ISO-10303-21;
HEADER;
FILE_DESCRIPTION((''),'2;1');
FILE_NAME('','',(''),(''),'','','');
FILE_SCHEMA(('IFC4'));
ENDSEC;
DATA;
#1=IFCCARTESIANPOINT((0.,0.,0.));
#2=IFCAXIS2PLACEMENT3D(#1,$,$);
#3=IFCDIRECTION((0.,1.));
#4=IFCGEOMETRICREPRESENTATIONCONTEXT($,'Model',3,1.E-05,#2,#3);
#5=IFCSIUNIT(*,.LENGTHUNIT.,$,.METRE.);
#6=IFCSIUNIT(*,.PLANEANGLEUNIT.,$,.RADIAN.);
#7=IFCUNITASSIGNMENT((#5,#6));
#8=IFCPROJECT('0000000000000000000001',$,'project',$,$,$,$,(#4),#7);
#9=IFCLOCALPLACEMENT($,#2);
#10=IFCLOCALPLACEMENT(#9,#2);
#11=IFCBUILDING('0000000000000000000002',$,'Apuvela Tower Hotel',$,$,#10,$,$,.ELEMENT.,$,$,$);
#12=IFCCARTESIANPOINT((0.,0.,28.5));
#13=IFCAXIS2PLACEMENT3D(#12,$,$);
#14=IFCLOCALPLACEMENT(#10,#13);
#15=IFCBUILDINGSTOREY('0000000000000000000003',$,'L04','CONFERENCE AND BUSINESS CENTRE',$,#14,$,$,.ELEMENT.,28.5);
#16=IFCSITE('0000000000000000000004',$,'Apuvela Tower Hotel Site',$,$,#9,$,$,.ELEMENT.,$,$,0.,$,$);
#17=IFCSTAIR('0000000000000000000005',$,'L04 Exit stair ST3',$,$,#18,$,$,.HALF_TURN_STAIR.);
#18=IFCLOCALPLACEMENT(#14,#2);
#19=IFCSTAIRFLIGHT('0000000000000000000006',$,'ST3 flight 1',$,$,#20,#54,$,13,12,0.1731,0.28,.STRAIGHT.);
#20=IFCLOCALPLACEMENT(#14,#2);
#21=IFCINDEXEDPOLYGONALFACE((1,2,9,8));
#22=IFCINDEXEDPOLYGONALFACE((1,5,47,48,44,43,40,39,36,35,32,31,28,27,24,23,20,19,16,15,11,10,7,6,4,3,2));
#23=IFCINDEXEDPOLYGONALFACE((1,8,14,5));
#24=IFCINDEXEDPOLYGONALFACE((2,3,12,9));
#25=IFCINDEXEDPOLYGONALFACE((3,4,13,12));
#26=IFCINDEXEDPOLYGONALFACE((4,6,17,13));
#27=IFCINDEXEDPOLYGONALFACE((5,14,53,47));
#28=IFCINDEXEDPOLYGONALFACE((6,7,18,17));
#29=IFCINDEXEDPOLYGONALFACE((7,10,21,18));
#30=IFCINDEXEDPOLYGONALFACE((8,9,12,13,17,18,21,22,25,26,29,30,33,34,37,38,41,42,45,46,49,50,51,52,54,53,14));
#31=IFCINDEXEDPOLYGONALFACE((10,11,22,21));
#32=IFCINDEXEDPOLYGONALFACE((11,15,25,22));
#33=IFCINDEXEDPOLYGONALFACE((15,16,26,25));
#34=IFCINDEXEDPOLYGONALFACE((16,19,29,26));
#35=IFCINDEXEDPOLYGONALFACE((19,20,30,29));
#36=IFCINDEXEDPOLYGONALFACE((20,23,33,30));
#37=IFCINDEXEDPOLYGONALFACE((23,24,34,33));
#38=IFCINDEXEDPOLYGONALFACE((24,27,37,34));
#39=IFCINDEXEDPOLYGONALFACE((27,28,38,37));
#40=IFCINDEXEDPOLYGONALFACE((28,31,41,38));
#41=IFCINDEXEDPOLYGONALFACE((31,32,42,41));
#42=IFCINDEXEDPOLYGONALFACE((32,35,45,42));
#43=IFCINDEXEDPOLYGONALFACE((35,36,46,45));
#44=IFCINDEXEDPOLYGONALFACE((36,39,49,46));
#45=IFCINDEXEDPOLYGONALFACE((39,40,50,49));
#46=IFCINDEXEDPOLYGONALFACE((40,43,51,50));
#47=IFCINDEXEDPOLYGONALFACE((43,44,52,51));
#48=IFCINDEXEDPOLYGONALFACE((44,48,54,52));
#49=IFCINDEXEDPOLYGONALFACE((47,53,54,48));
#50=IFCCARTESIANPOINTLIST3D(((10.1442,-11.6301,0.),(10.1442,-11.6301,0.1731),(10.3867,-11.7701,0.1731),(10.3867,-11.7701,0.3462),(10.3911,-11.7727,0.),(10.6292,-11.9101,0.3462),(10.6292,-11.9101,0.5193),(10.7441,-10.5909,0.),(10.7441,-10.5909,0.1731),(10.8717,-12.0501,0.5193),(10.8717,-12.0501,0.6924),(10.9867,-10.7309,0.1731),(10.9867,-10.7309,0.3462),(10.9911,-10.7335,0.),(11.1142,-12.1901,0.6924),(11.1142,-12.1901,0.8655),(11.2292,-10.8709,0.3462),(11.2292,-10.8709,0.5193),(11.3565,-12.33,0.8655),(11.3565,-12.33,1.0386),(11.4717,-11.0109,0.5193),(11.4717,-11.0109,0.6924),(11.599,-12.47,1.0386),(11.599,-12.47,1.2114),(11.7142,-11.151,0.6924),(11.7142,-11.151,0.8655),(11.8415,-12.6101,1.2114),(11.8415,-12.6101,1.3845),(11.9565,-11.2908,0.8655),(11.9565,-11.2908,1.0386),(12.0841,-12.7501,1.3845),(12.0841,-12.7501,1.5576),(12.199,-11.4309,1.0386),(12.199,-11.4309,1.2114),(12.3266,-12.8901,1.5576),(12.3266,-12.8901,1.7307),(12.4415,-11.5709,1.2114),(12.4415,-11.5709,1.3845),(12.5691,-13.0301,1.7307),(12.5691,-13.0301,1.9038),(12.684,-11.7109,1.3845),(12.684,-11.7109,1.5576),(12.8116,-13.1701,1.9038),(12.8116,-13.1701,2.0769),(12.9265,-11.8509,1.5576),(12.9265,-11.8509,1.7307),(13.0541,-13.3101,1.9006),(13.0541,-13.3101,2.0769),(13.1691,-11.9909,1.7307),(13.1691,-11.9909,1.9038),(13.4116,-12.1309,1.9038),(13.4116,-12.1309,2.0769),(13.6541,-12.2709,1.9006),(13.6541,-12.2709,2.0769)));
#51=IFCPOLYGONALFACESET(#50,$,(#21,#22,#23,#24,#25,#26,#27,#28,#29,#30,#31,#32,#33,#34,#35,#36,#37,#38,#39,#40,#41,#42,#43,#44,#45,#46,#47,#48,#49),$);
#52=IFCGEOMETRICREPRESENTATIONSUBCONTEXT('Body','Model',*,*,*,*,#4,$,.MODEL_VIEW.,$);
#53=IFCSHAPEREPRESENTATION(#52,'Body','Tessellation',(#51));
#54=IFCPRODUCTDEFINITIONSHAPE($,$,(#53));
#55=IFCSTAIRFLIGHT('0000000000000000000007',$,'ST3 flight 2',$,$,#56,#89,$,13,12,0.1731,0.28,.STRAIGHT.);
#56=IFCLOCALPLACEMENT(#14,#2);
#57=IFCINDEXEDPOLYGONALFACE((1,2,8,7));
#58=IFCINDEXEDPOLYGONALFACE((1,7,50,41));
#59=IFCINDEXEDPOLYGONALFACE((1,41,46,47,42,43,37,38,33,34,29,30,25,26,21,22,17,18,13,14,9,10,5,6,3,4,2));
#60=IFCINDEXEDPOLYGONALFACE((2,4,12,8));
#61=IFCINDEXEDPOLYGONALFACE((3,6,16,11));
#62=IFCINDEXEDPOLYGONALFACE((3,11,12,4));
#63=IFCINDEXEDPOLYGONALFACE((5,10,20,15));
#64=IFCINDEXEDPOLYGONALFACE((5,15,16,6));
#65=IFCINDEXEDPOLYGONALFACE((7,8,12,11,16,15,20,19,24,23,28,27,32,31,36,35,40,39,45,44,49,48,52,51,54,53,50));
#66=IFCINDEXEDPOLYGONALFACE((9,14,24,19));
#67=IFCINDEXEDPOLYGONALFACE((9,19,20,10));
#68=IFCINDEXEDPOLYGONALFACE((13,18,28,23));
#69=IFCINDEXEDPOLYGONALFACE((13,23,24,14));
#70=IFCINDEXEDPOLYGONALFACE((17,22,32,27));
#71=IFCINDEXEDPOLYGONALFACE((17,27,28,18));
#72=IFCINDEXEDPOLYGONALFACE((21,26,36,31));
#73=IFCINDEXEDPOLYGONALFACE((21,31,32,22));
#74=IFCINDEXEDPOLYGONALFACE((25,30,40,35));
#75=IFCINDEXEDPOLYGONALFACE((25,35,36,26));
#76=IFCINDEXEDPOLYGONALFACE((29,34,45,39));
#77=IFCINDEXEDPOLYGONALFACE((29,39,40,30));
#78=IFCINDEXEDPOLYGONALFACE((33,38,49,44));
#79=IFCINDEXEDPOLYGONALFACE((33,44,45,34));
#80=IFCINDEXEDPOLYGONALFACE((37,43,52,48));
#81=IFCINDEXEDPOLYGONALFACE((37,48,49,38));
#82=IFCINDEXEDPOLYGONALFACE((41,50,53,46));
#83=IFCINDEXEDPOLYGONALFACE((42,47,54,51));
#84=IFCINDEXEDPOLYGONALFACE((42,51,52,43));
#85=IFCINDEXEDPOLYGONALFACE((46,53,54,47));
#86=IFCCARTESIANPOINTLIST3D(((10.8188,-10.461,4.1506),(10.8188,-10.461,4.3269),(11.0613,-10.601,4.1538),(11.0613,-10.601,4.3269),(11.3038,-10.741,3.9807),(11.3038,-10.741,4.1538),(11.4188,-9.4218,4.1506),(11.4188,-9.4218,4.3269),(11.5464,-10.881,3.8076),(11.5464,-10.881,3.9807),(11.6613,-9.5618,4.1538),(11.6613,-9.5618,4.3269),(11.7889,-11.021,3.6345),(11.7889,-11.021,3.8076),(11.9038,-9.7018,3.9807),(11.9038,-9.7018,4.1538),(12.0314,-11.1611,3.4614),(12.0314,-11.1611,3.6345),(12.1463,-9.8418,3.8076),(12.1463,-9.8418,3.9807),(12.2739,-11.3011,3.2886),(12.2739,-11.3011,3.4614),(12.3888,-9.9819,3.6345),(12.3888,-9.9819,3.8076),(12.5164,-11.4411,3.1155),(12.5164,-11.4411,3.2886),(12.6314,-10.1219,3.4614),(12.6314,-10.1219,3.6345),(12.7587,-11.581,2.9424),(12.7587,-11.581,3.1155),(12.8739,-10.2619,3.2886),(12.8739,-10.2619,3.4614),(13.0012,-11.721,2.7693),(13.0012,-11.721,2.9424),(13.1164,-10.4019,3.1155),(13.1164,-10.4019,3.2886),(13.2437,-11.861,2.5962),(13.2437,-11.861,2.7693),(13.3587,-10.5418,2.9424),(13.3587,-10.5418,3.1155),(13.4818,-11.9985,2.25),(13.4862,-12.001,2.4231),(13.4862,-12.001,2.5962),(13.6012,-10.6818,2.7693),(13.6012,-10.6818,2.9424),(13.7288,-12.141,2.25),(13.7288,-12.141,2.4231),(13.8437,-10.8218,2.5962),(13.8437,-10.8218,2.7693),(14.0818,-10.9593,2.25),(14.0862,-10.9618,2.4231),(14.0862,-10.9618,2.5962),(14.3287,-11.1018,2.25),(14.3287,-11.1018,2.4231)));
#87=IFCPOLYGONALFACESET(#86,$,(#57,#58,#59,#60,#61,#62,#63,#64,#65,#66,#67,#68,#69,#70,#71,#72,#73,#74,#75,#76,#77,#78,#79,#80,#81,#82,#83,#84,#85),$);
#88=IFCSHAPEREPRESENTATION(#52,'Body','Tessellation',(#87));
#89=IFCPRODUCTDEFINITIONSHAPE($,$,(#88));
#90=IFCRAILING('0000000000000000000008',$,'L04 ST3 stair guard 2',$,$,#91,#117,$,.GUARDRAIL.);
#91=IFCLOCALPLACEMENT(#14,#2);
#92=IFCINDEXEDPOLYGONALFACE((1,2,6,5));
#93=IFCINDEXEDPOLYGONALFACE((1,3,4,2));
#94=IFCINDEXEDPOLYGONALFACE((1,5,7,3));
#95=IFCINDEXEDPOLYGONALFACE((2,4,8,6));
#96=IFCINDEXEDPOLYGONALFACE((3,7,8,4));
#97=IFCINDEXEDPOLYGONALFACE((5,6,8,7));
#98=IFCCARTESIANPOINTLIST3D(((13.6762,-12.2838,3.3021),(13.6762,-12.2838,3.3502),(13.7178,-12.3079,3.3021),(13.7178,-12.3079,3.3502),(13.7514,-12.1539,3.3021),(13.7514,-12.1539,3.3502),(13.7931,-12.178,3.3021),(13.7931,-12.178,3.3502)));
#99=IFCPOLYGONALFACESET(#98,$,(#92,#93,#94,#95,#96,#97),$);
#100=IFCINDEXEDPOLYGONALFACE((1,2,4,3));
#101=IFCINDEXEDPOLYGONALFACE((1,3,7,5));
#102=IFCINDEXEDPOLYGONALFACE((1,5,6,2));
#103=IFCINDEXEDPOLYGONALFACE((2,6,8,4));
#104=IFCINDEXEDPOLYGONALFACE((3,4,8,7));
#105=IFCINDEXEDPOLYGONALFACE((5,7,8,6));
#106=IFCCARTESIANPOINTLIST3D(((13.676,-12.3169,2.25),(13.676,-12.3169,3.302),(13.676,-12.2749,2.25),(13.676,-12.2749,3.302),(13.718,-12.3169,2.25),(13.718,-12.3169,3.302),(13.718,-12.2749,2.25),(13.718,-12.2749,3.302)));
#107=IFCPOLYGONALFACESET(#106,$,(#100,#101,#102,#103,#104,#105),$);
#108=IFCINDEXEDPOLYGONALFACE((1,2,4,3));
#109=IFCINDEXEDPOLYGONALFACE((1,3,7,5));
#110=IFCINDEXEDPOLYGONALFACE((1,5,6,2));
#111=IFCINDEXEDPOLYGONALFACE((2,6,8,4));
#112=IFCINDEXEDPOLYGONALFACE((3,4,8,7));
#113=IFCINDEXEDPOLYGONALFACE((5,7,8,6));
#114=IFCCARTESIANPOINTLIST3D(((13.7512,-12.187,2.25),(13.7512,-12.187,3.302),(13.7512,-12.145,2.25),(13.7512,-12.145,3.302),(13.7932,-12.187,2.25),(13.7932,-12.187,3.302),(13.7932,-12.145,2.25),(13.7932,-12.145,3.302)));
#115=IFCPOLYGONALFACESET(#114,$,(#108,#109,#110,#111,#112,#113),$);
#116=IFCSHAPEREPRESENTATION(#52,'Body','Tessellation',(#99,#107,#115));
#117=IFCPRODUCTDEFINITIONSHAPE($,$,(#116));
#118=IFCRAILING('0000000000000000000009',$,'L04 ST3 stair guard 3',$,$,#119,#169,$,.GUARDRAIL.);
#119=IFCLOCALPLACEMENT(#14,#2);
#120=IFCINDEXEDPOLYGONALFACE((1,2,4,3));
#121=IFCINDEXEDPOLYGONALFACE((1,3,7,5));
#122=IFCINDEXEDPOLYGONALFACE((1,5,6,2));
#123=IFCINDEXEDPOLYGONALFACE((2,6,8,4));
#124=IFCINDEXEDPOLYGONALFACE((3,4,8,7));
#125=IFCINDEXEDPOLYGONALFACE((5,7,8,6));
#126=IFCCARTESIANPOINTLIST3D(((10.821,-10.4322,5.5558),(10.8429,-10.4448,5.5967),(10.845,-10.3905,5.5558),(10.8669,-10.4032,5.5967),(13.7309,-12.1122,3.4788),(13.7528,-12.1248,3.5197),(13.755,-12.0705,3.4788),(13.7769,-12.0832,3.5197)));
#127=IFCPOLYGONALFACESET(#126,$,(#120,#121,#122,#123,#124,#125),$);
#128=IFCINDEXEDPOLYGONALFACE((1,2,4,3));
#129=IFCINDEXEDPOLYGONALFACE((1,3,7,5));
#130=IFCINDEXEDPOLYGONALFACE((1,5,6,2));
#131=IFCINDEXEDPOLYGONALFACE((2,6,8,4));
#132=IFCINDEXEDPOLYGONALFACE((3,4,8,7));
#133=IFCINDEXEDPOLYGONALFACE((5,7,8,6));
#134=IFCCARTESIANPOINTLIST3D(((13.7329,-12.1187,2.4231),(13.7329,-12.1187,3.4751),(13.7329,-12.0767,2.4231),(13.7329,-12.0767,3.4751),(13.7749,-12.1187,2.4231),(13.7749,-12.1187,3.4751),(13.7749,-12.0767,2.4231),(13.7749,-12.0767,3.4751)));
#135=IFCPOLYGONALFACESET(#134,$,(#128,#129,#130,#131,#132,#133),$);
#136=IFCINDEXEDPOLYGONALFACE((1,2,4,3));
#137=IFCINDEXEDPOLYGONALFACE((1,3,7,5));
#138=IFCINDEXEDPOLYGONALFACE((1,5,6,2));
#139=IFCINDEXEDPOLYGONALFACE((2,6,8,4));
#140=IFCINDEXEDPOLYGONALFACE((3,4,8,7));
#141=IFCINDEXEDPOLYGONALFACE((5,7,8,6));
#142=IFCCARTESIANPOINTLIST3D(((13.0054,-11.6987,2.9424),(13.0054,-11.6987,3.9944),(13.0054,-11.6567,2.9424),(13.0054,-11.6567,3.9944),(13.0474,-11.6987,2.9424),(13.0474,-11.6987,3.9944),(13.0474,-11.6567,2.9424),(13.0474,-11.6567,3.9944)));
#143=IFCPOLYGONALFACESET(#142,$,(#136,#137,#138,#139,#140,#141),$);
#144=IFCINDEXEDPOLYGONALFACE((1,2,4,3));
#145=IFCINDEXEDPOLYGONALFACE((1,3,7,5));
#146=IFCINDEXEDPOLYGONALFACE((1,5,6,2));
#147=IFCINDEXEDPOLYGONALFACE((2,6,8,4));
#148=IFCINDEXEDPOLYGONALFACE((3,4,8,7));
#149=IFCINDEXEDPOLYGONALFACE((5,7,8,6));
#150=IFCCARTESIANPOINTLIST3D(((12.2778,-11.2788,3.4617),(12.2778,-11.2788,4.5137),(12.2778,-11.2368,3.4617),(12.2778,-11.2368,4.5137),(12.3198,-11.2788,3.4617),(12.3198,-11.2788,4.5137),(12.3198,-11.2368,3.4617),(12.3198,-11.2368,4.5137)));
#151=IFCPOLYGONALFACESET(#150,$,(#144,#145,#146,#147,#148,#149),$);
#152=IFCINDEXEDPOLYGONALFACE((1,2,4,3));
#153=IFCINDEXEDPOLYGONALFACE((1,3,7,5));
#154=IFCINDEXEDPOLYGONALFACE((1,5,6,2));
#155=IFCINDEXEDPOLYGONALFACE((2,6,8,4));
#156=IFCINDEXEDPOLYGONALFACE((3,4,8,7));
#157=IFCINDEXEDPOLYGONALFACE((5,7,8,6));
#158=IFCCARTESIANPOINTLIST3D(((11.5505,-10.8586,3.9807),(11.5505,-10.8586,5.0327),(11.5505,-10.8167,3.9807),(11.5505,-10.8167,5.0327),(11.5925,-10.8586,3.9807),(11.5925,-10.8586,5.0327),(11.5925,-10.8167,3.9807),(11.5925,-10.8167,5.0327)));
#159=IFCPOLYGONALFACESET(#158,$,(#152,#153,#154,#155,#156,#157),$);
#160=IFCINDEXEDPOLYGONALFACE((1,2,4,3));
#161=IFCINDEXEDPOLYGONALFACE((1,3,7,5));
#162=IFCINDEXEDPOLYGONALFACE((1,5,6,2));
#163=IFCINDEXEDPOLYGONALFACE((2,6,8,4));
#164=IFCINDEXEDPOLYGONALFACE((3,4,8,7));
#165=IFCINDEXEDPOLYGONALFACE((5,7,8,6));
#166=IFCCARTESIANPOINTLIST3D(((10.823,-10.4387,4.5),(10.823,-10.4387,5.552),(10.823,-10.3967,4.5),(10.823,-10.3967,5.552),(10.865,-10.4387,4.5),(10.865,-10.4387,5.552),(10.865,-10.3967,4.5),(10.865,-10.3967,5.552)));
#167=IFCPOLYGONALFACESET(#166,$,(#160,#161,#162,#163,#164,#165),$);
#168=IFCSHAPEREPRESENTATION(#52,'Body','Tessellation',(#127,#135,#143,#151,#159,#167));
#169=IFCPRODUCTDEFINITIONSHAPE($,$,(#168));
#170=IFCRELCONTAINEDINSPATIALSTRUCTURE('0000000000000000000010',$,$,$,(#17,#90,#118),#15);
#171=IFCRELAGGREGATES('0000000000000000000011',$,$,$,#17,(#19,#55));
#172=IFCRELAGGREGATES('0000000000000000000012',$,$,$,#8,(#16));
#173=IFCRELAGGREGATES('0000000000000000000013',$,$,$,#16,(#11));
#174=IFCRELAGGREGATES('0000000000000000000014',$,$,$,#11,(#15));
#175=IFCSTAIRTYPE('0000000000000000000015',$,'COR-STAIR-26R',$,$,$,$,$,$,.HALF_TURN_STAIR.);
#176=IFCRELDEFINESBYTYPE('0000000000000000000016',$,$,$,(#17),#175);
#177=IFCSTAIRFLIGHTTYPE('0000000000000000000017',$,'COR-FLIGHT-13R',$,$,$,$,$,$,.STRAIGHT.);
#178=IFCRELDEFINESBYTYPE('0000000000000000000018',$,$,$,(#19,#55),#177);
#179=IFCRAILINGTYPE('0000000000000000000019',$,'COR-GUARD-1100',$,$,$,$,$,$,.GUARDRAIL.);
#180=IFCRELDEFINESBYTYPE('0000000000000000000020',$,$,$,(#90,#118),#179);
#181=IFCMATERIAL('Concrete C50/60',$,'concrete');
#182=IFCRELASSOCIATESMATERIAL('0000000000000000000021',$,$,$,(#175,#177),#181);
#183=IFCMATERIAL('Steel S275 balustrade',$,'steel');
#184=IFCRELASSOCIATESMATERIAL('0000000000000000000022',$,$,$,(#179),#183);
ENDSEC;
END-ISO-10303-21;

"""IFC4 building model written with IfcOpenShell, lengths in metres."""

from ifc_helpers import new_model, si_unit, direction, frame, origin, origin_2d, place, context, subcontext, project, spatial, polyline, rectangle, outline, extrude, material, type_object, element, aggregate, save


model = new_model("IFC4")

# Units and contexts
model_context = context("Model", 3, precision=1e-05, world=origin(), true_north=direction((0.0, 1.0)))
body_context = subcontext(model_context, "Body", "Model", "MODEL_VIEW")
ifc_project = project(units=[si_unit("LENGTHUNIT", "METRE"), si_unit("PLANEANGLEUNIT", "RADIAN")], contexts=[model_context])

# Site, building, storey
site_placement = place(None, origin())
site = spatial("IfcSite", under=ifc_project, at=site_placement, Name="Apuvela Tower Hotel Site", CompositionType="ELEMENT", RefElevation=0.0)
building_placement = place(site_placement, origin())
building = spatial("IfcBuilding", under=site, at=building_placement, Name="Apuvela Tower Hotel", CompositionType="ELEMENT")
storey_placement = place(building_placement, frame((0.0, 0.0, 28.5)))
storey = spatial("IfcBuildingStorey", under=building, at=storey_placement, Name="L04", Description="CONFERENCE AND BUSINESS CENTRE", CompositionType="ELEMENT", Elevation=28.5)

# Shared definitions
ifc_material_1 = material(Name="Concrete C50/60", Category="concrete")

# Stair, stair flights
stair_type = type_object("IfcStairType", Name="COR-STAIR-26R", PredefinedType="HALF_TURN_STAIR", material=ifc_material_1)
stair_placement = place(storey_placement, origin())
stair = element("IfcStair", 1, at=stair_placement, inside=storey, type_object=stair_type, Name="L04 Exit stair ST3", PredefinedType="HALF_TURN_STAIR")
stair_flight_type = type_object("IfcStairFlightType", Name="COR-FLIGHT-13R", PredefinedType="STRAIGHT", material=ifc_material_1)
stair_flight_1_placement = place(storey_placement, frame((10.4441, -11.1106, 0.0), z_axis=(0.0, 0.0, 1.0), x_axis=(0.866025, -0.5, 0.0)))
stair_flight_1 = element("IfcStairFlight", 2, at=stair_flight_1_placement, type_object=stair_flight_type, Name="ST3 flight 1", NumberOfRisers=13, NumberOfTreads=12, PredefinedType="STRAIGHT", RiserHeight=0.1731, TreadLength=0.28, context=body_context, shape_type="SweptSolid", body=[
    extrude(outline(polyline([(0.0, 0.0), (0.0, 0.1731), (0.28, 0.1731), (0.28, 0.3462), (0.5601, 0.3462), (0.5601, 0.5193), (0.8401, 0.5193), (0.8401, 0.6924), (1.1201, 0.6924), (1.1201, 0.8655), (1.3999, 0.8655), (1.3999, 1.0386), (1.6799, 1.0386), (1.6799, 1.2114), (1.96, 1.2114), (1.96, 1.3845), (2.24, 1.3845), (2.24, 1.5576), (2.52, 1.5576), (2.52, 1.7307), (2.8, 1.7307), (2.8, 1.9038), (3.0801, 1.9038), (3.0801, 2.0769), (3.3601, 2.0769), (3.3601, 2.25), (3.3601, 1.9006), (0.2852, 0.0), (0.0, 0.0)])), frame((0.0, 0.6001, 0.0), z_axis=(0.0, -1.0, 0.0), x_axis=(1.0, 0.0, 0.0)), (0.0, 0.0, 1.0), 1.2),
])
stair_flight_2_placement = place(storey_placement, frame((14.0288, -11.6213, 2.25), z_axis=(0.0, 0.0, 1.0), x_axis=(-0.866025, 0.5, 0.0)))
stair_flight_2 = element("IfcStairFlight", 3, at=stair_flight_2_placement, type_object=stair_flight_type, Name="ST3 flight 2", NumberOfRisers=13, NumberOfTreads=12, PredefinedType="STRAIGHT", RiserHeight=0.1731, TreadLength=0.28, context=body_context, shape_type="SweptSolid", body=[
    extrude(outline(polyline([(0.0, 0.0), (0.0, 0.1731), (0.28, 0.1731), (0.28, 0.3462), (0.5601, 0.3462), (0.5601, 0.5193), (0.8401, 0.5193), (0.8401, 0.6924), (1.1201, 0.6924), (1.1201, 0.8655), (1.3999, 0.8655), (1.3999, 1.0386), (1.6799, 1.0386), (1.6799, 1.2114), (1.96, 1.2114), (1.96, 1.3845), (2.24, 1.3845), (2.24, 1.5576), (2.52, 1.5576), (2.52, 1.7307), (2.8, 1.7307), (2.8, 1.9038), (3.0801, 1.9038), (3.0801, 2.0769), (3.3601, 2.0769), (3.3601, 2.25), (3.3601, 1.9006), (0.2852, 0.0), (0.0, 0.0)])), frame((0.0, 0.6001, 0.0), z_axis=(0.0, -1.0, 0.0), x_axis=(1.0, 0.0, 0.0)), (0.0, 0.0, 1.0), 1.2),
])
aggregate(stair, [stair_flight_1, stair_flight_2])

# Railings
ifc_material_2 = material(Name="Steel S275 balustrade", Category="steel")
railing_type_1 = type_object("IfcRailingType", Name="COR-GUARD-1100", PredefinedType="GUARDRAIL", material=ifc_material_2)
railing_1_placement = place(storey_placement, frame((13.697, -12.2959, 2.25)))
element("IfcRailing", 4, at=railing_1_placement, inside=storey, type_object=railing_type_1, Name="L04 ST3 stair guard 2", PredefinedType="GUARDRAIL", context=body_context, shape_type="SweptSolid", body=[
    extrude(rectangle(XDim=0.0481, YDim=0.0481, at=origin_2d()), frame((0.0, 0.0, 1.0762), z_axis=(0.501036, 0.865426, 0.0), x_axis=(-0.865426, 0.501036, 0.0)), (0.0, 0.0, 1.0), 0.1501),
    extrude(rectangle(XDim=0.042, YDim=0.042, at=origin_2d()), origin(), (0.0, 0.0, 1.0), 1.052),
    extrude(rectangle(XDim=0.042, YDim=0.042, at=origin_2d()), frame((0.0752, 0.1299, 0.0)), (0.0, 0.0, 1.0), 1.052),
])
railing_2_placement = place(storey_placement, frame((13.7539, -12.0977, 2.4231)))
element("IfcRailing", 5, at=railing_2_placement, inside=storey, type_object=railing_type_1, Name="L04 ST3 stair guard 3", PredefinedType="GUARDRAIL", context=body_context, shape_type="SweptSolid", body=[
    extrude(rectangle(XDim=0.0481, YDim=0.0481, at=origin_2d()), frame((0.0, 0.0, 1.0762), z_axis=(-0.736668, 0.425288, 0.525785), x_axis=(-0.499976, -0.866039, 0.0)), (0.0, 0.0, 1.0), 3.9502),
    extrude(rectangle(XDim=0.042, YDim=0.042, at=origin_2d()), origin(), (0.0, 0.0, 1.0), 1.052),
    extrude(rectangle(XDim=0.042, YDim=0.042, at=origin_2d()), frame((-0.7275, 0.4199, 0.5193)), (0.0, 0.0, 1.0), 1.052),
    extrude(rectangle(XDim=0.042, YDim=0.042, at=origin_2d()), frame((-1.4551, 0.8398, 1.0386)), (0.0, 0.0, 1.0), 1.052),
    extrude(rectangle(XDim=0.042, YDim=0.042, at=origin_2d()), frame((-2.1824, 1.26, 1.5576)), (0.0, 0.0, 1.0), 1.052),
    extrude(rectangle(XDim=0.042, YDim=0.042, at=origin_2d()), frame((-2.9099, 1.6799, 2.0769)), (0.0, 0.0, 1.0), 1.052),
])

save(model, "model.ifc")
